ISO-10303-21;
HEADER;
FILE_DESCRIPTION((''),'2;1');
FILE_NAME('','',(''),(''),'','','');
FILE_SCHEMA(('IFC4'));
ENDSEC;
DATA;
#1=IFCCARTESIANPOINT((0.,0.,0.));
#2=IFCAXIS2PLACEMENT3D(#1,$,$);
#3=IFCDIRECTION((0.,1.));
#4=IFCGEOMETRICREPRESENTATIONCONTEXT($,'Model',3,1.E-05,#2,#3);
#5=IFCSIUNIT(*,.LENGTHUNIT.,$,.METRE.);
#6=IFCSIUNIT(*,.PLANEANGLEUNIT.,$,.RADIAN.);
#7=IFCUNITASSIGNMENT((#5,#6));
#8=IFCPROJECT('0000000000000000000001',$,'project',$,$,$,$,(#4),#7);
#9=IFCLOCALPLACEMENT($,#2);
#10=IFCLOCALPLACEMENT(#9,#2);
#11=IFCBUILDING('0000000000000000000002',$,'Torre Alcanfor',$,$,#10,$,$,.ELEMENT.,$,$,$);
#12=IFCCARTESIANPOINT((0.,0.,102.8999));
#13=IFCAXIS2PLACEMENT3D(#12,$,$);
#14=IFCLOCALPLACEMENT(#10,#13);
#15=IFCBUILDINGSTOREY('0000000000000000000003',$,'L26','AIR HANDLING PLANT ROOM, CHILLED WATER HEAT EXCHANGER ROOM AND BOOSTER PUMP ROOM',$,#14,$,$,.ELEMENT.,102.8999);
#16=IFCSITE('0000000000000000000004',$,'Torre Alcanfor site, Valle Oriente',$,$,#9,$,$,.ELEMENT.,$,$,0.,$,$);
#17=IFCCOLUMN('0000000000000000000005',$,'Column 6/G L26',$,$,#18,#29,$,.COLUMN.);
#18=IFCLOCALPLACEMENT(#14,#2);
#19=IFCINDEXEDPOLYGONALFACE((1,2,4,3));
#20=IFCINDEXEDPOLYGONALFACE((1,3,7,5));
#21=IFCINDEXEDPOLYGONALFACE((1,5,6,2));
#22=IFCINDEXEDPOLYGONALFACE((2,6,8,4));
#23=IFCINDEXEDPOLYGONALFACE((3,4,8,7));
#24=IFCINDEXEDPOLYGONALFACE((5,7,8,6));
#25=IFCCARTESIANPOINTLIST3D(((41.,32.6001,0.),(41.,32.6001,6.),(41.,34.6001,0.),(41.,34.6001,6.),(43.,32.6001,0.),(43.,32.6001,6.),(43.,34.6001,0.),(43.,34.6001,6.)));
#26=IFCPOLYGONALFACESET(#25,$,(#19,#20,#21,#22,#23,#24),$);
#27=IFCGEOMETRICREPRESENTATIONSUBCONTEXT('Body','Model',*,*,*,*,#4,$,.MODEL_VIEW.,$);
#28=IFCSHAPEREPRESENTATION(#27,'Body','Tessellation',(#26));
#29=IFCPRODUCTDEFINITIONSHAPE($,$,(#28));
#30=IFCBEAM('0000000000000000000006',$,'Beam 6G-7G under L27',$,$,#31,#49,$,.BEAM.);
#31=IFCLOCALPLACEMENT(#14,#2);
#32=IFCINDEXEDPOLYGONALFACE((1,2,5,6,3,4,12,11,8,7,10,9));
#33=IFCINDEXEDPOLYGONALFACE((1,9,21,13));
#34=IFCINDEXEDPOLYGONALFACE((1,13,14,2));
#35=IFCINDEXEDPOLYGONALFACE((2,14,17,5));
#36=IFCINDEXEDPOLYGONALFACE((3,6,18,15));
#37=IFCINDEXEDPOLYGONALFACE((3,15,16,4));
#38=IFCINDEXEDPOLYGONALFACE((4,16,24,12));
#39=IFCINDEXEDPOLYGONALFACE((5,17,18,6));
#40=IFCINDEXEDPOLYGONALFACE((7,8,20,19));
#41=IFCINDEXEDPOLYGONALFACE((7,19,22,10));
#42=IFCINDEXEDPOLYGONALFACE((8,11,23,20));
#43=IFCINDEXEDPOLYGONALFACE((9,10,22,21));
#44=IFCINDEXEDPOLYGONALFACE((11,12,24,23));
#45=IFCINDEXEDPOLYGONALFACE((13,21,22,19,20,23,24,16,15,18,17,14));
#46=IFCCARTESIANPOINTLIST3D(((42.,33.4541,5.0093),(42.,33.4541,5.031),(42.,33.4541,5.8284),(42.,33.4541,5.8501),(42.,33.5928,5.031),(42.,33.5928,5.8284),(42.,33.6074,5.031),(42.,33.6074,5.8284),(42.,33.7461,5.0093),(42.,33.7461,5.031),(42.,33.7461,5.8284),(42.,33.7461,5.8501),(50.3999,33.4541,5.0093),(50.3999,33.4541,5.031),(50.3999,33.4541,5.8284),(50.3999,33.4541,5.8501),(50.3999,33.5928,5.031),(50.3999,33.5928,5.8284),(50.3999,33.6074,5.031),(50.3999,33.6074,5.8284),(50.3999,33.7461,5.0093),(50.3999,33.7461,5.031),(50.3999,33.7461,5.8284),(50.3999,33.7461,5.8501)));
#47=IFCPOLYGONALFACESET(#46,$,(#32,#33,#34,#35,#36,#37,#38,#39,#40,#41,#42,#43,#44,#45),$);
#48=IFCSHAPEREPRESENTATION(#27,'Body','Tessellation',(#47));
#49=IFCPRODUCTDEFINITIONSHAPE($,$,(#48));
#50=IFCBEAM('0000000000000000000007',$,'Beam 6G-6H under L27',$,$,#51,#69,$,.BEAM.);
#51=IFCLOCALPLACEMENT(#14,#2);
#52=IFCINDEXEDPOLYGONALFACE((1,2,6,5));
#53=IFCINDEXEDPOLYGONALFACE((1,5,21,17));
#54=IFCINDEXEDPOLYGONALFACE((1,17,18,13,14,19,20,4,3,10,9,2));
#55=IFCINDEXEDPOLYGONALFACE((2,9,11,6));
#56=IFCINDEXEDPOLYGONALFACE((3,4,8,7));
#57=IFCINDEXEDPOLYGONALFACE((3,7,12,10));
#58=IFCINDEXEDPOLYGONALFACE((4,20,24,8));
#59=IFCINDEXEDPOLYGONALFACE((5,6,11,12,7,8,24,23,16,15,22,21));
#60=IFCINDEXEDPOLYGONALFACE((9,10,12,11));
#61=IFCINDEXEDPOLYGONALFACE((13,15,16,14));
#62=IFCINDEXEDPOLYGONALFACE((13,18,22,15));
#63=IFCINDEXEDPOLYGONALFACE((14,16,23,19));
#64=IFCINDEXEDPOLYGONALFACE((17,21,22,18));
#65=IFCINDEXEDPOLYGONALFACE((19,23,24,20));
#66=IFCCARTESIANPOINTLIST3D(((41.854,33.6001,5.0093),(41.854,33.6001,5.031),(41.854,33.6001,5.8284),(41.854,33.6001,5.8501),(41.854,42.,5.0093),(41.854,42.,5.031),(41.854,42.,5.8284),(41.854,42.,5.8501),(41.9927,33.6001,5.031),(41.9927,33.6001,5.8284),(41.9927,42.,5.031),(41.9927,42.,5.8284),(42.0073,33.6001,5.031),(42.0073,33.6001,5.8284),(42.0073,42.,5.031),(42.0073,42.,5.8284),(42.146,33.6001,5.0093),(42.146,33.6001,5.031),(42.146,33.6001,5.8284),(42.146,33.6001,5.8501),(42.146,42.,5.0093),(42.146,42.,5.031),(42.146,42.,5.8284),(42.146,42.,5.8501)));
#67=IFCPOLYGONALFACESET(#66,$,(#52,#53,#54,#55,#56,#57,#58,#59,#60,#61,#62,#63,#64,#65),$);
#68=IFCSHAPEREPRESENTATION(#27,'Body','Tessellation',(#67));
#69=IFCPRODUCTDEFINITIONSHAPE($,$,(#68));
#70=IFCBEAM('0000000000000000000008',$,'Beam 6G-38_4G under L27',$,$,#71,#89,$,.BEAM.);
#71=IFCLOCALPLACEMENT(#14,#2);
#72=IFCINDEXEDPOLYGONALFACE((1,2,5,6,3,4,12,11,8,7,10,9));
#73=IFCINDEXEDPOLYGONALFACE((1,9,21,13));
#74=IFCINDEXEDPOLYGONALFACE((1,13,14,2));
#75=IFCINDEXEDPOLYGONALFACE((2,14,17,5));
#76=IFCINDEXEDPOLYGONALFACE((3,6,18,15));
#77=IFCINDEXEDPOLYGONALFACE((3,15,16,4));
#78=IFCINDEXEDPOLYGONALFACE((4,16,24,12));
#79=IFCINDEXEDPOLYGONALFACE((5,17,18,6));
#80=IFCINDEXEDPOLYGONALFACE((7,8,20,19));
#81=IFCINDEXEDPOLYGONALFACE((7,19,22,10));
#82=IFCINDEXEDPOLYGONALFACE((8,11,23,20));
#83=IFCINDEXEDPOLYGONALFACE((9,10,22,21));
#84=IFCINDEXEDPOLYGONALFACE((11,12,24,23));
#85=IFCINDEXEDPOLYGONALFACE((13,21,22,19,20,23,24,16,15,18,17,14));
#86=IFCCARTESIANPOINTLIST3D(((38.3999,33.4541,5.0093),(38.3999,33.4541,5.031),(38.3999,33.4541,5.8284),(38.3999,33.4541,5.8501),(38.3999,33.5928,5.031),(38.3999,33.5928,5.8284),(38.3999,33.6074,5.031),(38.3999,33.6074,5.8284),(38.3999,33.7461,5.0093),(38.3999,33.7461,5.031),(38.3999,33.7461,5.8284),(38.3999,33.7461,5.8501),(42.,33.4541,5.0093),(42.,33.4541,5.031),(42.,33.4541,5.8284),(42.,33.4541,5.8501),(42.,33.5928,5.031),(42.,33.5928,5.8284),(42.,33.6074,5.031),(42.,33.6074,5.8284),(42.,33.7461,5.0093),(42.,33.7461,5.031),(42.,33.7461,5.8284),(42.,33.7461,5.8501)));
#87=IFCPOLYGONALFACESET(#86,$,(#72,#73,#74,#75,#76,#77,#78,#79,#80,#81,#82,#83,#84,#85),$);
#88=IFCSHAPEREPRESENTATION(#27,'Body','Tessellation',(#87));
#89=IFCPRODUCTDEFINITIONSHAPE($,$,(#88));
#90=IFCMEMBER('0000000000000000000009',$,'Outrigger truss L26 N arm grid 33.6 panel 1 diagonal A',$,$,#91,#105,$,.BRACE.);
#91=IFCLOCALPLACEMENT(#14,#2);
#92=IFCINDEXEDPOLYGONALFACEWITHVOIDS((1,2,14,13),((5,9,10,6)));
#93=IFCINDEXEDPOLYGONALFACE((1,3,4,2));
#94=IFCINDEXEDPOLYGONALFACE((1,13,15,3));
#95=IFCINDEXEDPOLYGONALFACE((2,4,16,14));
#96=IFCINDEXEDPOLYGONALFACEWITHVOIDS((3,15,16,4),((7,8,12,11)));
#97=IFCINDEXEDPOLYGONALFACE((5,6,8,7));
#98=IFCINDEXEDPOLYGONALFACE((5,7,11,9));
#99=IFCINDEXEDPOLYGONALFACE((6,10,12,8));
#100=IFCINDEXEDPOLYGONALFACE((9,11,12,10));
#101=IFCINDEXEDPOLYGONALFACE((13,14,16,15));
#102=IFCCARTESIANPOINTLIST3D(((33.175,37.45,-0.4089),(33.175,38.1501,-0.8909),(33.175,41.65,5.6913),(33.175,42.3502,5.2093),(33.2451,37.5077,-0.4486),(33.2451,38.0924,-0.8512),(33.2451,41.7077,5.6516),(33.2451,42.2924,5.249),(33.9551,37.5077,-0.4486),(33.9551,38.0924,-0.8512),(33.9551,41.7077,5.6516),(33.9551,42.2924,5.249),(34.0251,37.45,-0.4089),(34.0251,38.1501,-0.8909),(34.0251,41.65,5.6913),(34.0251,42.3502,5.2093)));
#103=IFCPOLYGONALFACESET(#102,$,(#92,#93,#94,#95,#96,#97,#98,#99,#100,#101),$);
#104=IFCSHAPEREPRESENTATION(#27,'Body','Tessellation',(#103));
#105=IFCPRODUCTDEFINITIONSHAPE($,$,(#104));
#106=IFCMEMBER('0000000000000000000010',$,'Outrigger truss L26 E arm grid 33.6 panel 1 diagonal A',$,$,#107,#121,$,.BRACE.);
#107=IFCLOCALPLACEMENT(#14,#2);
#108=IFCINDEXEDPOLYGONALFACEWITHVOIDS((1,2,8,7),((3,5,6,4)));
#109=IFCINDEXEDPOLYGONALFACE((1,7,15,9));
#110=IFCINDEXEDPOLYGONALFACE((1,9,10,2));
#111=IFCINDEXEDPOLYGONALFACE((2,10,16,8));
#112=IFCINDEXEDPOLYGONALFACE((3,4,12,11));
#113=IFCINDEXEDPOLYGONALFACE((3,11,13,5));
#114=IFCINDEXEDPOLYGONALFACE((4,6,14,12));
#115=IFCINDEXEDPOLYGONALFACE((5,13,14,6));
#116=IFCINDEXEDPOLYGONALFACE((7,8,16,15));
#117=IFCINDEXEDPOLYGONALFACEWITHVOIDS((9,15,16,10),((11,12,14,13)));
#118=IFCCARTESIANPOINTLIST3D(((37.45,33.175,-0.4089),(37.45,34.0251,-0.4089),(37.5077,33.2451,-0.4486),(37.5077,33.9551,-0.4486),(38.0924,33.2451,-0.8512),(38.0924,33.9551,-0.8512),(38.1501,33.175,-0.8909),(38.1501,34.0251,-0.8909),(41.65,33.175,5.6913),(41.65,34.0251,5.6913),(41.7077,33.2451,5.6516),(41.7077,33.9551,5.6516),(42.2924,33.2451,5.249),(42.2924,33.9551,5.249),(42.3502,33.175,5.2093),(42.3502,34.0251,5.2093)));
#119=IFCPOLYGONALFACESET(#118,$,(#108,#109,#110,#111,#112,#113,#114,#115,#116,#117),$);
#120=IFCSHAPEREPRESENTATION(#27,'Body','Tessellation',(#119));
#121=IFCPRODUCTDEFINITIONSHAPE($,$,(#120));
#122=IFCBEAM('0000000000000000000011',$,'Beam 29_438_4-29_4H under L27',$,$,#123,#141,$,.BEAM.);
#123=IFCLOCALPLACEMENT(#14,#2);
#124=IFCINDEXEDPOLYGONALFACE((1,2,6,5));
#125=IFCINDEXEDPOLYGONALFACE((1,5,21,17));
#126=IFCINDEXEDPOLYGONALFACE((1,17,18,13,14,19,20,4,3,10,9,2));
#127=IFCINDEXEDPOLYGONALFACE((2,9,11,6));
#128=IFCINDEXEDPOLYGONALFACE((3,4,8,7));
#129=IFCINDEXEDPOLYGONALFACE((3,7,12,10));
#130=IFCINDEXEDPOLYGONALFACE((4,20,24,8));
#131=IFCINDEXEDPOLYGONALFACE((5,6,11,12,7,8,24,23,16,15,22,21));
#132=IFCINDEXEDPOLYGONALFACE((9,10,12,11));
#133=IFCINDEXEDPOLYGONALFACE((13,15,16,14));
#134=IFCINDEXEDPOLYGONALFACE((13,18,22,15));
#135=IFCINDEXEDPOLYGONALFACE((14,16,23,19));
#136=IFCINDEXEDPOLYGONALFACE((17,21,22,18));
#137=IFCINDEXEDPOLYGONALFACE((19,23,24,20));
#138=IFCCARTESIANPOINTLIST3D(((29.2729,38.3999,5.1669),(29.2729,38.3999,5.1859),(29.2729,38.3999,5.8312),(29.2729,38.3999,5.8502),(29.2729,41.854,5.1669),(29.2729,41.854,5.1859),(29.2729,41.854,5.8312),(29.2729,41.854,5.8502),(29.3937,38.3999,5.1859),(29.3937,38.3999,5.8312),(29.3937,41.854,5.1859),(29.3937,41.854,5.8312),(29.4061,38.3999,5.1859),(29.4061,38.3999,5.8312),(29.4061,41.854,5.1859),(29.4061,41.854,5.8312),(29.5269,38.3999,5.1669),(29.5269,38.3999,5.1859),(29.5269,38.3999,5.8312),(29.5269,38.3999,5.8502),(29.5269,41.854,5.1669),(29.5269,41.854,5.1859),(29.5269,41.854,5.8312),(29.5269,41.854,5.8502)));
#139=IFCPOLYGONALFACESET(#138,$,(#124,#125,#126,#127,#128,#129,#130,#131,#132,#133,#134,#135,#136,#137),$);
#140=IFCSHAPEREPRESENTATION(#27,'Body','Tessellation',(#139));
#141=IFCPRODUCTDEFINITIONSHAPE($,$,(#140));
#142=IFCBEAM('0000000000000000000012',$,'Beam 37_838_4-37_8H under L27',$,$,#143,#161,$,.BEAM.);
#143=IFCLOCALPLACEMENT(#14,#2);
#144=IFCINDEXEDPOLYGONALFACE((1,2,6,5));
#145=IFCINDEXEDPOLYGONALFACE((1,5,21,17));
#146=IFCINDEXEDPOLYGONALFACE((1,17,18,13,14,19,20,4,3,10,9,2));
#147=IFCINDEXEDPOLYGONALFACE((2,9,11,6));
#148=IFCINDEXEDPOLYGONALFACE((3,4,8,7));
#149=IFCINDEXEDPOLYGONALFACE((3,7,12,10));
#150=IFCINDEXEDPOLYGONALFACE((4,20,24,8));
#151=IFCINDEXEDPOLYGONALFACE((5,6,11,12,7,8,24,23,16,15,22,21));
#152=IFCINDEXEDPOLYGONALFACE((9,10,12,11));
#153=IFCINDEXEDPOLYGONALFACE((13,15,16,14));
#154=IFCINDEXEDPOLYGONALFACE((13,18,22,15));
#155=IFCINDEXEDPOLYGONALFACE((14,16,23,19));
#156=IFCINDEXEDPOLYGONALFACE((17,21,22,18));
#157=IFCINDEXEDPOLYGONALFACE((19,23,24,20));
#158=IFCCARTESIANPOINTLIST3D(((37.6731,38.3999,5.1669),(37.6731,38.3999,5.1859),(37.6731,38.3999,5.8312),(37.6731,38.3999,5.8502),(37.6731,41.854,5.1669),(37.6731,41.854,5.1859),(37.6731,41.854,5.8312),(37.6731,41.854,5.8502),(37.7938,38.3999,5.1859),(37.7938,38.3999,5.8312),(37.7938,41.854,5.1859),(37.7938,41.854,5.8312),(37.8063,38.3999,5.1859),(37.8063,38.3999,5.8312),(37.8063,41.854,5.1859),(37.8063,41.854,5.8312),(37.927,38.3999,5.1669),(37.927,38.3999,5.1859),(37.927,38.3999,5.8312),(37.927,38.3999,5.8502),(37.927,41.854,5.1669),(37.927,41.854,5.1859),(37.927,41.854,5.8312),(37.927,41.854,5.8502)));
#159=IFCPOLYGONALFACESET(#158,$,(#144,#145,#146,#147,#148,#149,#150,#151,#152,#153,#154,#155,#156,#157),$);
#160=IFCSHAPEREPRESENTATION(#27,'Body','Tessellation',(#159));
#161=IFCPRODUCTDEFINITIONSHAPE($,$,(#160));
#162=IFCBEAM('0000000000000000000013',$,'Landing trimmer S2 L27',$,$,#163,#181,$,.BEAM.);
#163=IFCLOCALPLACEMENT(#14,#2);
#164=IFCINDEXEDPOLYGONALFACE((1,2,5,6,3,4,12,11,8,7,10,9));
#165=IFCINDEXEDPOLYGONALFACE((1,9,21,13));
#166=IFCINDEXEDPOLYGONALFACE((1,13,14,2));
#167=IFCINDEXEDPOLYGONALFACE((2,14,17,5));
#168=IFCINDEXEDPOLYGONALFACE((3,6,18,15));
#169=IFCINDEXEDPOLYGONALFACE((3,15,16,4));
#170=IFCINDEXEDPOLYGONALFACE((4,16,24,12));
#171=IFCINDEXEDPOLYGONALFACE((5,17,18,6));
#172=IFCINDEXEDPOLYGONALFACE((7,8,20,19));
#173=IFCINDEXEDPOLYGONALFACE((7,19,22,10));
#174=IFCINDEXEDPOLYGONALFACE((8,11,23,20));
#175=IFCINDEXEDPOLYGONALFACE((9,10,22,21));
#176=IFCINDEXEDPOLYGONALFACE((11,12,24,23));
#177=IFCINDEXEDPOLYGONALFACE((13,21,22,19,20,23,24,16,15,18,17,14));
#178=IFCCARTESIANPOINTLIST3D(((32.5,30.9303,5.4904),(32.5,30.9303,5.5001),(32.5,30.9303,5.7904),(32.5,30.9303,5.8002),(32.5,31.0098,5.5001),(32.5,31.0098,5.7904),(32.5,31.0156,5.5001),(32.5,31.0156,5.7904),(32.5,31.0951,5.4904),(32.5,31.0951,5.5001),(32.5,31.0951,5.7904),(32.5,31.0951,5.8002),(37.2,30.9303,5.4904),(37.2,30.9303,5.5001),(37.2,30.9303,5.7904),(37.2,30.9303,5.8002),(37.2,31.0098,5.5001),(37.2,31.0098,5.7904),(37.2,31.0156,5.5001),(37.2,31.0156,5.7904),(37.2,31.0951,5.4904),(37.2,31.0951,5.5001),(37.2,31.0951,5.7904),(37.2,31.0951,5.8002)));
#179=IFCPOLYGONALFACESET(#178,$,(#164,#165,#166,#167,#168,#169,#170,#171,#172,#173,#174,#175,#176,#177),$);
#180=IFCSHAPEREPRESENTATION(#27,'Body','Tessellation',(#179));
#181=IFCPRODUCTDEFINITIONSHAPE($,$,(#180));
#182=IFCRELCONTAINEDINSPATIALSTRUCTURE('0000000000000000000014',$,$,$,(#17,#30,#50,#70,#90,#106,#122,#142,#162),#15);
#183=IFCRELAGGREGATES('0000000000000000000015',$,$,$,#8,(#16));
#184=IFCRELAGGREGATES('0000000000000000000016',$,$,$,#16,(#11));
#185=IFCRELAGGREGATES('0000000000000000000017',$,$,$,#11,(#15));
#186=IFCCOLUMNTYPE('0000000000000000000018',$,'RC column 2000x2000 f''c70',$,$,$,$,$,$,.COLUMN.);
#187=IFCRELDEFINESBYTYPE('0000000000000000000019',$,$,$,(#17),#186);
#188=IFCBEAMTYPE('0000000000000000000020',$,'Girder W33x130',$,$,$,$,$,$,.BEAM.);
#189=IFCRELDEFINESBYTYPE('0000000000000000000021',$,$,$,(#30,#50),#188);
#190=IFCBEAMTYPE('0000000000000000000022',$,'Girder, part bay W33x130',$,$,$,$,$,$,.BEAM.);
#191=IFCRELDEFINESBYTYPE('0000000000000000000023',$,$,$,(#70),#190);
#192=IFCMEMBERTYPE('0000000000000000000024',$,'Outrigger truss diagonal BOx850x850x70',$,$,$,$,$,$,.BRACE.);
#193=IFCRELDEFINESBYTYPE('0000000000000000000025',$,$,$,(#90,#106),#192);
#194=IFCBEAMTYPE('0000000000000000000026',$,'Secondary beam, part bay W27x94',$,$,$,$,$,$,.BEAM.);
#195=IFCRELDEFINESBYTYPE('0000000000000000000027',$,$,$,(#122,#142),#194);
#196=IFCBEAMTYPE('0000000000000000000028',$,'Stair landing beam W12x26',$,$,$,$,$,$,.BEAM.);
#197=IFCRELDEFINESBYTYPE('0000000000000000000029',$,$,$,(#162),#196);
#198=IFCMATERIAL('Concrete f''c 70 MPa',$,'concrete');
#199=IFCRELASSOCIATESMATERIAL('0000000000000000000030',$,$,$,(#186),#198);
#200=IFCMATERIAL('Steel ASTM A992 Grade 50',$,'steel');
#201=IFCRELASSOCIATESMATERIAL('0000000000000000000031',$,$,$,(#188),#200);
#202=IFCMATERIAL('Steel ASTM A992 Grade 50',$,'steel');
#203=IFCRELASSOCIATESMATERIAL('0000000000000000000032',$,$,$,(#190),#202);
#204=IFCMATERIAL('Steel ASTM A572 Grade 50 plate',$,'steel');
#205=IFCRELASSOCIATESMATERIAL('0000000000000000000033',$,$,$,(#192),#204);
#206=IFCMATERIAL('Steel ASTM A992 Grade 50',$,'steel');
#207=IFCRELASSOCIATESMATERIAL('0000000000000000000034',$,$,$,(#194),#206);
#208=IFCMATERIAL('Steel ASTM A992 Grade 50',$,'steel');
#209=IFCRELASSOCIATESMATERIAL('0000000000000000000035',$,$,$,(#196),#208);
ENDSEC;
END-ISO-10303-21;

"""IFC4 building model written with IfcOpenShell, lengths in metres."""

from ifc_helpers import new_model, si_unit, direction, frame, origin, origin_2d, place, context, subcontext, project, spatial, rectangle, hollow_rectangle, i_section, extrude, material, material_profile, profile_set, type_object, element, save


model = new_model("IFC4")

# Units and contexts
model_context = context("Model", 3, precision=1e-05, world=origin(), true_north=direction((0.0, 1.0)))
body_context = subcontext(model_context, "Body", "Model", "MODEL_VIEW")
ifc_project = project(units=[si_unit("LENGTHUNIT", "METRE"), si_unit("PLANEANGLEUNIT", "RADIAN")], contexts=[model_context])

# Site, building, storey
site_placement = place(None, origin())
site = spatial("IfcSite", under=ifc_project, at=site_placement, Name="Torre Alcanfor site, Valle Oriente", CompositionType="ELEMENT", RefElevation=0.0)
building_placement = place(site_placement, origin())
building = spatial("IfcBuilding", under=site, at=building_placement, Name="Torre Alcanfor", CompositionType="ELEMENT")
storey_placement = place(building_placement, frame((0.0, 0.0, 102.8999)))
storey = spatial("IfcBuildingStorey", under=building, at=storey_placement, Name="L26", Description="AIR HANDLING PLANT ROOM, CHILLED WATER HEAT EXCHANGER ROOM AND BOOSTER PUMP ROOM", CompositionType="ELEMENT", Elevation=102.8999)

# Column
ifc_material_1 = material(Name="Concrete f'c 70 MPa", Category="concrete")
ifc_material_profile_1 = material_profile(ifc_material_1, rectangle(XDim=2.0, YDim=2.0, at=origin_2d()), Name="2000x2000")
ifc_profile_set_1 = profile_set([ifc_material_profile_1], Name="Concrete f'c 70 MPa")
column_type = type_object("IfcColumnType", Name="RC column 2000x2000 f'c70", PredefinedType="COLUMN", material=ifc_profile_set_1)
column_placement = place(storey_placement, frame((42.0, 33.6001, 0.0), z_axis=(0.0, 0.0, 1.0), x_axis=(1.0, 0.0, 0.0)))
element("IfcColumn", 1, at=column_placement, inside=storey, type_object=column_type, Name="Column 6/G L26", PredefinedType="COLUMN", context=body_context, shape_type="SweptSolid", body=[
    extrude(rectangle(XDim=2.0, YDim=2.0, at=origin_2d()), origin(), (0.0, 0.0, 1.0), 6.0),
])

# Beams
ifc_material_2 = material(Name="Steel ASTM A992 Grade 50", Category="steel")
ifc_material_profile_2 = material_profile(ifc_material_2, i_section(OverallWidth=0.292, OverallDepth=0.8408, WebThickness=0.0146, FlangeThickness=0.0217, at=origin_2d()), Name="W33x130")
ifc_profile_set_2 = profile_set([ifc_material_profile_2], Name="Steel ASTM A992 Grade 50")
beam_type_1 = type_object("IfcBeamType", Name="Girder W33x130", PredefinedType="BEAM", material=ifc_profile_set_2)
for number, where, z_axis, x_axis, name in (
    (2, (42.0, 33.6001, 5.4297), (1.0, 0.0, 0.0), (0.0, 1.0, 0.0), "Beam 6G-7G under L27"),
    (3, (42.0, 33.6001, 5.4297), (0.0, 1.0, 0.0), (-1.0, 0.0, 0.0), "Beam 6G-6H under L27"),
):
    element("IfcBeam", number, at=place(storey_placement, frame(where, z_axis=z_axis, x_axis=x_axis)), inside=storey, type_object=beam_type_1, Name=name, PredefinedType="BEAM", context=body_context, shape_type="SweptSolid", body=[
        extrude(i_section(OverallWidth=0.292, OverallDepth=0.8408, WebThickness=0.0146, FlangeThickness=0.0217, at=origin_2d()), origin(), (0.0, 0.0, 1.0), 8.3999),
    ])
ifc_material_3 = material(Name="Steel ASTM A992 Grade 50", Category="steel")
ifc_material_profile_3 = material_profile(ifc_material_3, i_section(OverallWidth=0.292, OverallDepth=0.8408, WebThickness=0.0146, FlangeThickness=0.0217, at=origin_2d()), Name="W33x130")
ifc_profile_set_3 = profile_set([ifc_material_profile_3], Name="Steel ASTM A992 Grade 50")
beam_type_2 = type_object("IfcBeamType", Name="Girder, part bay W33x130", PredefinedType="BEAM", material=ifc_profile_set_3)
beam_1_placement = place(storey_placement, frame((42.0, 33.6001, 5.4297), z_axis=(-1.0, 0.0, 0.0), x_axis=(0.0, -1.0, 0.0)))
element("IfcBeam", 4, at=beam_1_placement, inside=storey, type_object=beam_type_2, Name="Beam 6G-38_4G under L27", PredefinedType="BEAM", context=body_context, shape_type="SweptSolid", body=[
    extrude(i_section(OverallWidth=0.292, OverallDepth=0.8408, WebThickness=0.0146, FlangeThickness=0.0217, at=origin_2d()), origin(), (0.0, 0.0, 1.0), 3.6001),
])

# Members
ifc_material_4 = material(Name="Steel ASTM A572 Grade 50 plate", Category="steel")
ifc_material_profile_4 = material_profile(ifc_material_4, hollow_rectangle(XDim=0.8501, YDim=0.8501, WallThickness=0.0701, at=origin_2d()), Name="BOX 850x850x70")
ifc_profile_set_4 = profile_set([ifc_material_profile_4], Name="Steel ASTM A572 Grade 50 plate")
member_type = type_object("IfcMemberType", Name="Outrigger truss diagonal BOx850x850x70", PredefinedType="BRACE", material=ifc_profile_set_4)
for number, where, z_axis, x_axis, name in (
    (5, (33.6001, 37.8, -0.6499), (0.0, 0.567091, 0.823655), (-1.0, 0.0, 0.0), "Outrigger truss L26 N arm grid 33.6 panel 1 diagonal A"),
    (6, (37.8, 33.6001, -0.6499), (0.567091, 0.0, 0.823655), (0.0, 1.0, 0.0), "Outrigger truss L26 E arm grid 33.6 panel 1 diagonal A"),
):
    element("IfcMember", number, at=place(storey_placement, frame(where, z_axis=z_axis, x_axis=x_axis)), inside=storey, type_object=member_type, Name=name, PredefinedType="BRACE", context=body_context, shape_type="SweptSolid", body=[
        extrude(hollow_rectangle(XDim=0.8501, YDim=0.8501, WallThickness=0.0701, at=origin_2d()), origin(), (0.0, 0.0, 1.0), 7.4062),
    ])

# Beams
ifc_material_5 = material(Name="Steel ASTM A992 Grade 50", Category="steel")
ifc_material_profile_5 = material_profile(ifc_material_5, i_section(OverallWidth=0.2539, OverallDepth=0.6833, WebThickness=0.0125, FlangeThickness=0.019, at=origin_2d()), Name="W27x94")
ifc_profile_set_5 = profile_set([ifc_material_profile_5], Name="Steel ASTM A992 Grade 50")
beam_type_3 = type_object("IfcBeamType", Name="Secondary beam, part bay W27x94", PredefinedType="BEAM", material=ifc_profile_set_5)
for number, where, z_axis, x_axis, name in (
    (7, (29.3999, 38.3999, 5.5085), (0.0, 1.0, 0.0), (-1.0, 0.0, 0.0), "Beam 29_438_4-29_4H under L27"),
    (8, (37.8, 38.3999, 5.5085), (0.0, 1.0, 0.0), (-1.0, 0.0, 0.0), "Beam 37_838_4-37_8H under L27"),
):
    element("IfcBeam", number, at=place(storey_placement, frame(where, z_axis=z_axis, x_axis=x_axis)), inside=storey, type_object=beam_type_3, Name=name, PredefinedType="BEAM", context=body_context, shape_type="SweptSolid", body=[
        extrude(i_section(OverallWidth=0.2539, OverallDepth=0.6833, WebThickness=0.0125, FlangeThickness=0.019, at=origin_2d()), origin(), (0.0, 0.0, 1.0), 3.4541),
    ])
ifc_material_6 = material(Name="Steel ASTM A992 Grade 50", Category="steel")
ifc_material_profile_6 = material_profile(ifc_material_6, i_section(OverallWidth=0.1648, OverallDepth=0.3098, WebThickness=0.0059, FlangeThickness=0.0098, at=origin_2d()), Name="W12x26")
ifc_profile_set_6 = profile_set([ifc_material_profile_6], Name="Steel ASTM A992 Grade 50")
beam_type_4 = type_object("IfcBeamType", Name="Stair landing beam W12x26", PredefinedType="BEAM", material=ifc_profile_set_6)
beam_2_placement = place(storey_placement, frame((32.5, 31.0127, 5.6453), z_axis=(1.0, 0.0, 0.0), x_axis=(0.0, 1.0, 0.0)))
element("IfcBeam", 9, at=beam_2_placement, inside=storey, type_object=beam_type_4, Name="Landing trimmer S2 L27", PredefinedType="BEAM", context=body_context, shape_type="SweptSolid", body=[
    extrude(i_section(OverallWidth=0.1648, OverallDepth=0.3098, WebThickness=0.0059, FlangeThickness=0.0098, at=origin_2d()), origin(), (0.0, 0.0, 1.0), 4.7),
])

save(model, "model.ifc")
